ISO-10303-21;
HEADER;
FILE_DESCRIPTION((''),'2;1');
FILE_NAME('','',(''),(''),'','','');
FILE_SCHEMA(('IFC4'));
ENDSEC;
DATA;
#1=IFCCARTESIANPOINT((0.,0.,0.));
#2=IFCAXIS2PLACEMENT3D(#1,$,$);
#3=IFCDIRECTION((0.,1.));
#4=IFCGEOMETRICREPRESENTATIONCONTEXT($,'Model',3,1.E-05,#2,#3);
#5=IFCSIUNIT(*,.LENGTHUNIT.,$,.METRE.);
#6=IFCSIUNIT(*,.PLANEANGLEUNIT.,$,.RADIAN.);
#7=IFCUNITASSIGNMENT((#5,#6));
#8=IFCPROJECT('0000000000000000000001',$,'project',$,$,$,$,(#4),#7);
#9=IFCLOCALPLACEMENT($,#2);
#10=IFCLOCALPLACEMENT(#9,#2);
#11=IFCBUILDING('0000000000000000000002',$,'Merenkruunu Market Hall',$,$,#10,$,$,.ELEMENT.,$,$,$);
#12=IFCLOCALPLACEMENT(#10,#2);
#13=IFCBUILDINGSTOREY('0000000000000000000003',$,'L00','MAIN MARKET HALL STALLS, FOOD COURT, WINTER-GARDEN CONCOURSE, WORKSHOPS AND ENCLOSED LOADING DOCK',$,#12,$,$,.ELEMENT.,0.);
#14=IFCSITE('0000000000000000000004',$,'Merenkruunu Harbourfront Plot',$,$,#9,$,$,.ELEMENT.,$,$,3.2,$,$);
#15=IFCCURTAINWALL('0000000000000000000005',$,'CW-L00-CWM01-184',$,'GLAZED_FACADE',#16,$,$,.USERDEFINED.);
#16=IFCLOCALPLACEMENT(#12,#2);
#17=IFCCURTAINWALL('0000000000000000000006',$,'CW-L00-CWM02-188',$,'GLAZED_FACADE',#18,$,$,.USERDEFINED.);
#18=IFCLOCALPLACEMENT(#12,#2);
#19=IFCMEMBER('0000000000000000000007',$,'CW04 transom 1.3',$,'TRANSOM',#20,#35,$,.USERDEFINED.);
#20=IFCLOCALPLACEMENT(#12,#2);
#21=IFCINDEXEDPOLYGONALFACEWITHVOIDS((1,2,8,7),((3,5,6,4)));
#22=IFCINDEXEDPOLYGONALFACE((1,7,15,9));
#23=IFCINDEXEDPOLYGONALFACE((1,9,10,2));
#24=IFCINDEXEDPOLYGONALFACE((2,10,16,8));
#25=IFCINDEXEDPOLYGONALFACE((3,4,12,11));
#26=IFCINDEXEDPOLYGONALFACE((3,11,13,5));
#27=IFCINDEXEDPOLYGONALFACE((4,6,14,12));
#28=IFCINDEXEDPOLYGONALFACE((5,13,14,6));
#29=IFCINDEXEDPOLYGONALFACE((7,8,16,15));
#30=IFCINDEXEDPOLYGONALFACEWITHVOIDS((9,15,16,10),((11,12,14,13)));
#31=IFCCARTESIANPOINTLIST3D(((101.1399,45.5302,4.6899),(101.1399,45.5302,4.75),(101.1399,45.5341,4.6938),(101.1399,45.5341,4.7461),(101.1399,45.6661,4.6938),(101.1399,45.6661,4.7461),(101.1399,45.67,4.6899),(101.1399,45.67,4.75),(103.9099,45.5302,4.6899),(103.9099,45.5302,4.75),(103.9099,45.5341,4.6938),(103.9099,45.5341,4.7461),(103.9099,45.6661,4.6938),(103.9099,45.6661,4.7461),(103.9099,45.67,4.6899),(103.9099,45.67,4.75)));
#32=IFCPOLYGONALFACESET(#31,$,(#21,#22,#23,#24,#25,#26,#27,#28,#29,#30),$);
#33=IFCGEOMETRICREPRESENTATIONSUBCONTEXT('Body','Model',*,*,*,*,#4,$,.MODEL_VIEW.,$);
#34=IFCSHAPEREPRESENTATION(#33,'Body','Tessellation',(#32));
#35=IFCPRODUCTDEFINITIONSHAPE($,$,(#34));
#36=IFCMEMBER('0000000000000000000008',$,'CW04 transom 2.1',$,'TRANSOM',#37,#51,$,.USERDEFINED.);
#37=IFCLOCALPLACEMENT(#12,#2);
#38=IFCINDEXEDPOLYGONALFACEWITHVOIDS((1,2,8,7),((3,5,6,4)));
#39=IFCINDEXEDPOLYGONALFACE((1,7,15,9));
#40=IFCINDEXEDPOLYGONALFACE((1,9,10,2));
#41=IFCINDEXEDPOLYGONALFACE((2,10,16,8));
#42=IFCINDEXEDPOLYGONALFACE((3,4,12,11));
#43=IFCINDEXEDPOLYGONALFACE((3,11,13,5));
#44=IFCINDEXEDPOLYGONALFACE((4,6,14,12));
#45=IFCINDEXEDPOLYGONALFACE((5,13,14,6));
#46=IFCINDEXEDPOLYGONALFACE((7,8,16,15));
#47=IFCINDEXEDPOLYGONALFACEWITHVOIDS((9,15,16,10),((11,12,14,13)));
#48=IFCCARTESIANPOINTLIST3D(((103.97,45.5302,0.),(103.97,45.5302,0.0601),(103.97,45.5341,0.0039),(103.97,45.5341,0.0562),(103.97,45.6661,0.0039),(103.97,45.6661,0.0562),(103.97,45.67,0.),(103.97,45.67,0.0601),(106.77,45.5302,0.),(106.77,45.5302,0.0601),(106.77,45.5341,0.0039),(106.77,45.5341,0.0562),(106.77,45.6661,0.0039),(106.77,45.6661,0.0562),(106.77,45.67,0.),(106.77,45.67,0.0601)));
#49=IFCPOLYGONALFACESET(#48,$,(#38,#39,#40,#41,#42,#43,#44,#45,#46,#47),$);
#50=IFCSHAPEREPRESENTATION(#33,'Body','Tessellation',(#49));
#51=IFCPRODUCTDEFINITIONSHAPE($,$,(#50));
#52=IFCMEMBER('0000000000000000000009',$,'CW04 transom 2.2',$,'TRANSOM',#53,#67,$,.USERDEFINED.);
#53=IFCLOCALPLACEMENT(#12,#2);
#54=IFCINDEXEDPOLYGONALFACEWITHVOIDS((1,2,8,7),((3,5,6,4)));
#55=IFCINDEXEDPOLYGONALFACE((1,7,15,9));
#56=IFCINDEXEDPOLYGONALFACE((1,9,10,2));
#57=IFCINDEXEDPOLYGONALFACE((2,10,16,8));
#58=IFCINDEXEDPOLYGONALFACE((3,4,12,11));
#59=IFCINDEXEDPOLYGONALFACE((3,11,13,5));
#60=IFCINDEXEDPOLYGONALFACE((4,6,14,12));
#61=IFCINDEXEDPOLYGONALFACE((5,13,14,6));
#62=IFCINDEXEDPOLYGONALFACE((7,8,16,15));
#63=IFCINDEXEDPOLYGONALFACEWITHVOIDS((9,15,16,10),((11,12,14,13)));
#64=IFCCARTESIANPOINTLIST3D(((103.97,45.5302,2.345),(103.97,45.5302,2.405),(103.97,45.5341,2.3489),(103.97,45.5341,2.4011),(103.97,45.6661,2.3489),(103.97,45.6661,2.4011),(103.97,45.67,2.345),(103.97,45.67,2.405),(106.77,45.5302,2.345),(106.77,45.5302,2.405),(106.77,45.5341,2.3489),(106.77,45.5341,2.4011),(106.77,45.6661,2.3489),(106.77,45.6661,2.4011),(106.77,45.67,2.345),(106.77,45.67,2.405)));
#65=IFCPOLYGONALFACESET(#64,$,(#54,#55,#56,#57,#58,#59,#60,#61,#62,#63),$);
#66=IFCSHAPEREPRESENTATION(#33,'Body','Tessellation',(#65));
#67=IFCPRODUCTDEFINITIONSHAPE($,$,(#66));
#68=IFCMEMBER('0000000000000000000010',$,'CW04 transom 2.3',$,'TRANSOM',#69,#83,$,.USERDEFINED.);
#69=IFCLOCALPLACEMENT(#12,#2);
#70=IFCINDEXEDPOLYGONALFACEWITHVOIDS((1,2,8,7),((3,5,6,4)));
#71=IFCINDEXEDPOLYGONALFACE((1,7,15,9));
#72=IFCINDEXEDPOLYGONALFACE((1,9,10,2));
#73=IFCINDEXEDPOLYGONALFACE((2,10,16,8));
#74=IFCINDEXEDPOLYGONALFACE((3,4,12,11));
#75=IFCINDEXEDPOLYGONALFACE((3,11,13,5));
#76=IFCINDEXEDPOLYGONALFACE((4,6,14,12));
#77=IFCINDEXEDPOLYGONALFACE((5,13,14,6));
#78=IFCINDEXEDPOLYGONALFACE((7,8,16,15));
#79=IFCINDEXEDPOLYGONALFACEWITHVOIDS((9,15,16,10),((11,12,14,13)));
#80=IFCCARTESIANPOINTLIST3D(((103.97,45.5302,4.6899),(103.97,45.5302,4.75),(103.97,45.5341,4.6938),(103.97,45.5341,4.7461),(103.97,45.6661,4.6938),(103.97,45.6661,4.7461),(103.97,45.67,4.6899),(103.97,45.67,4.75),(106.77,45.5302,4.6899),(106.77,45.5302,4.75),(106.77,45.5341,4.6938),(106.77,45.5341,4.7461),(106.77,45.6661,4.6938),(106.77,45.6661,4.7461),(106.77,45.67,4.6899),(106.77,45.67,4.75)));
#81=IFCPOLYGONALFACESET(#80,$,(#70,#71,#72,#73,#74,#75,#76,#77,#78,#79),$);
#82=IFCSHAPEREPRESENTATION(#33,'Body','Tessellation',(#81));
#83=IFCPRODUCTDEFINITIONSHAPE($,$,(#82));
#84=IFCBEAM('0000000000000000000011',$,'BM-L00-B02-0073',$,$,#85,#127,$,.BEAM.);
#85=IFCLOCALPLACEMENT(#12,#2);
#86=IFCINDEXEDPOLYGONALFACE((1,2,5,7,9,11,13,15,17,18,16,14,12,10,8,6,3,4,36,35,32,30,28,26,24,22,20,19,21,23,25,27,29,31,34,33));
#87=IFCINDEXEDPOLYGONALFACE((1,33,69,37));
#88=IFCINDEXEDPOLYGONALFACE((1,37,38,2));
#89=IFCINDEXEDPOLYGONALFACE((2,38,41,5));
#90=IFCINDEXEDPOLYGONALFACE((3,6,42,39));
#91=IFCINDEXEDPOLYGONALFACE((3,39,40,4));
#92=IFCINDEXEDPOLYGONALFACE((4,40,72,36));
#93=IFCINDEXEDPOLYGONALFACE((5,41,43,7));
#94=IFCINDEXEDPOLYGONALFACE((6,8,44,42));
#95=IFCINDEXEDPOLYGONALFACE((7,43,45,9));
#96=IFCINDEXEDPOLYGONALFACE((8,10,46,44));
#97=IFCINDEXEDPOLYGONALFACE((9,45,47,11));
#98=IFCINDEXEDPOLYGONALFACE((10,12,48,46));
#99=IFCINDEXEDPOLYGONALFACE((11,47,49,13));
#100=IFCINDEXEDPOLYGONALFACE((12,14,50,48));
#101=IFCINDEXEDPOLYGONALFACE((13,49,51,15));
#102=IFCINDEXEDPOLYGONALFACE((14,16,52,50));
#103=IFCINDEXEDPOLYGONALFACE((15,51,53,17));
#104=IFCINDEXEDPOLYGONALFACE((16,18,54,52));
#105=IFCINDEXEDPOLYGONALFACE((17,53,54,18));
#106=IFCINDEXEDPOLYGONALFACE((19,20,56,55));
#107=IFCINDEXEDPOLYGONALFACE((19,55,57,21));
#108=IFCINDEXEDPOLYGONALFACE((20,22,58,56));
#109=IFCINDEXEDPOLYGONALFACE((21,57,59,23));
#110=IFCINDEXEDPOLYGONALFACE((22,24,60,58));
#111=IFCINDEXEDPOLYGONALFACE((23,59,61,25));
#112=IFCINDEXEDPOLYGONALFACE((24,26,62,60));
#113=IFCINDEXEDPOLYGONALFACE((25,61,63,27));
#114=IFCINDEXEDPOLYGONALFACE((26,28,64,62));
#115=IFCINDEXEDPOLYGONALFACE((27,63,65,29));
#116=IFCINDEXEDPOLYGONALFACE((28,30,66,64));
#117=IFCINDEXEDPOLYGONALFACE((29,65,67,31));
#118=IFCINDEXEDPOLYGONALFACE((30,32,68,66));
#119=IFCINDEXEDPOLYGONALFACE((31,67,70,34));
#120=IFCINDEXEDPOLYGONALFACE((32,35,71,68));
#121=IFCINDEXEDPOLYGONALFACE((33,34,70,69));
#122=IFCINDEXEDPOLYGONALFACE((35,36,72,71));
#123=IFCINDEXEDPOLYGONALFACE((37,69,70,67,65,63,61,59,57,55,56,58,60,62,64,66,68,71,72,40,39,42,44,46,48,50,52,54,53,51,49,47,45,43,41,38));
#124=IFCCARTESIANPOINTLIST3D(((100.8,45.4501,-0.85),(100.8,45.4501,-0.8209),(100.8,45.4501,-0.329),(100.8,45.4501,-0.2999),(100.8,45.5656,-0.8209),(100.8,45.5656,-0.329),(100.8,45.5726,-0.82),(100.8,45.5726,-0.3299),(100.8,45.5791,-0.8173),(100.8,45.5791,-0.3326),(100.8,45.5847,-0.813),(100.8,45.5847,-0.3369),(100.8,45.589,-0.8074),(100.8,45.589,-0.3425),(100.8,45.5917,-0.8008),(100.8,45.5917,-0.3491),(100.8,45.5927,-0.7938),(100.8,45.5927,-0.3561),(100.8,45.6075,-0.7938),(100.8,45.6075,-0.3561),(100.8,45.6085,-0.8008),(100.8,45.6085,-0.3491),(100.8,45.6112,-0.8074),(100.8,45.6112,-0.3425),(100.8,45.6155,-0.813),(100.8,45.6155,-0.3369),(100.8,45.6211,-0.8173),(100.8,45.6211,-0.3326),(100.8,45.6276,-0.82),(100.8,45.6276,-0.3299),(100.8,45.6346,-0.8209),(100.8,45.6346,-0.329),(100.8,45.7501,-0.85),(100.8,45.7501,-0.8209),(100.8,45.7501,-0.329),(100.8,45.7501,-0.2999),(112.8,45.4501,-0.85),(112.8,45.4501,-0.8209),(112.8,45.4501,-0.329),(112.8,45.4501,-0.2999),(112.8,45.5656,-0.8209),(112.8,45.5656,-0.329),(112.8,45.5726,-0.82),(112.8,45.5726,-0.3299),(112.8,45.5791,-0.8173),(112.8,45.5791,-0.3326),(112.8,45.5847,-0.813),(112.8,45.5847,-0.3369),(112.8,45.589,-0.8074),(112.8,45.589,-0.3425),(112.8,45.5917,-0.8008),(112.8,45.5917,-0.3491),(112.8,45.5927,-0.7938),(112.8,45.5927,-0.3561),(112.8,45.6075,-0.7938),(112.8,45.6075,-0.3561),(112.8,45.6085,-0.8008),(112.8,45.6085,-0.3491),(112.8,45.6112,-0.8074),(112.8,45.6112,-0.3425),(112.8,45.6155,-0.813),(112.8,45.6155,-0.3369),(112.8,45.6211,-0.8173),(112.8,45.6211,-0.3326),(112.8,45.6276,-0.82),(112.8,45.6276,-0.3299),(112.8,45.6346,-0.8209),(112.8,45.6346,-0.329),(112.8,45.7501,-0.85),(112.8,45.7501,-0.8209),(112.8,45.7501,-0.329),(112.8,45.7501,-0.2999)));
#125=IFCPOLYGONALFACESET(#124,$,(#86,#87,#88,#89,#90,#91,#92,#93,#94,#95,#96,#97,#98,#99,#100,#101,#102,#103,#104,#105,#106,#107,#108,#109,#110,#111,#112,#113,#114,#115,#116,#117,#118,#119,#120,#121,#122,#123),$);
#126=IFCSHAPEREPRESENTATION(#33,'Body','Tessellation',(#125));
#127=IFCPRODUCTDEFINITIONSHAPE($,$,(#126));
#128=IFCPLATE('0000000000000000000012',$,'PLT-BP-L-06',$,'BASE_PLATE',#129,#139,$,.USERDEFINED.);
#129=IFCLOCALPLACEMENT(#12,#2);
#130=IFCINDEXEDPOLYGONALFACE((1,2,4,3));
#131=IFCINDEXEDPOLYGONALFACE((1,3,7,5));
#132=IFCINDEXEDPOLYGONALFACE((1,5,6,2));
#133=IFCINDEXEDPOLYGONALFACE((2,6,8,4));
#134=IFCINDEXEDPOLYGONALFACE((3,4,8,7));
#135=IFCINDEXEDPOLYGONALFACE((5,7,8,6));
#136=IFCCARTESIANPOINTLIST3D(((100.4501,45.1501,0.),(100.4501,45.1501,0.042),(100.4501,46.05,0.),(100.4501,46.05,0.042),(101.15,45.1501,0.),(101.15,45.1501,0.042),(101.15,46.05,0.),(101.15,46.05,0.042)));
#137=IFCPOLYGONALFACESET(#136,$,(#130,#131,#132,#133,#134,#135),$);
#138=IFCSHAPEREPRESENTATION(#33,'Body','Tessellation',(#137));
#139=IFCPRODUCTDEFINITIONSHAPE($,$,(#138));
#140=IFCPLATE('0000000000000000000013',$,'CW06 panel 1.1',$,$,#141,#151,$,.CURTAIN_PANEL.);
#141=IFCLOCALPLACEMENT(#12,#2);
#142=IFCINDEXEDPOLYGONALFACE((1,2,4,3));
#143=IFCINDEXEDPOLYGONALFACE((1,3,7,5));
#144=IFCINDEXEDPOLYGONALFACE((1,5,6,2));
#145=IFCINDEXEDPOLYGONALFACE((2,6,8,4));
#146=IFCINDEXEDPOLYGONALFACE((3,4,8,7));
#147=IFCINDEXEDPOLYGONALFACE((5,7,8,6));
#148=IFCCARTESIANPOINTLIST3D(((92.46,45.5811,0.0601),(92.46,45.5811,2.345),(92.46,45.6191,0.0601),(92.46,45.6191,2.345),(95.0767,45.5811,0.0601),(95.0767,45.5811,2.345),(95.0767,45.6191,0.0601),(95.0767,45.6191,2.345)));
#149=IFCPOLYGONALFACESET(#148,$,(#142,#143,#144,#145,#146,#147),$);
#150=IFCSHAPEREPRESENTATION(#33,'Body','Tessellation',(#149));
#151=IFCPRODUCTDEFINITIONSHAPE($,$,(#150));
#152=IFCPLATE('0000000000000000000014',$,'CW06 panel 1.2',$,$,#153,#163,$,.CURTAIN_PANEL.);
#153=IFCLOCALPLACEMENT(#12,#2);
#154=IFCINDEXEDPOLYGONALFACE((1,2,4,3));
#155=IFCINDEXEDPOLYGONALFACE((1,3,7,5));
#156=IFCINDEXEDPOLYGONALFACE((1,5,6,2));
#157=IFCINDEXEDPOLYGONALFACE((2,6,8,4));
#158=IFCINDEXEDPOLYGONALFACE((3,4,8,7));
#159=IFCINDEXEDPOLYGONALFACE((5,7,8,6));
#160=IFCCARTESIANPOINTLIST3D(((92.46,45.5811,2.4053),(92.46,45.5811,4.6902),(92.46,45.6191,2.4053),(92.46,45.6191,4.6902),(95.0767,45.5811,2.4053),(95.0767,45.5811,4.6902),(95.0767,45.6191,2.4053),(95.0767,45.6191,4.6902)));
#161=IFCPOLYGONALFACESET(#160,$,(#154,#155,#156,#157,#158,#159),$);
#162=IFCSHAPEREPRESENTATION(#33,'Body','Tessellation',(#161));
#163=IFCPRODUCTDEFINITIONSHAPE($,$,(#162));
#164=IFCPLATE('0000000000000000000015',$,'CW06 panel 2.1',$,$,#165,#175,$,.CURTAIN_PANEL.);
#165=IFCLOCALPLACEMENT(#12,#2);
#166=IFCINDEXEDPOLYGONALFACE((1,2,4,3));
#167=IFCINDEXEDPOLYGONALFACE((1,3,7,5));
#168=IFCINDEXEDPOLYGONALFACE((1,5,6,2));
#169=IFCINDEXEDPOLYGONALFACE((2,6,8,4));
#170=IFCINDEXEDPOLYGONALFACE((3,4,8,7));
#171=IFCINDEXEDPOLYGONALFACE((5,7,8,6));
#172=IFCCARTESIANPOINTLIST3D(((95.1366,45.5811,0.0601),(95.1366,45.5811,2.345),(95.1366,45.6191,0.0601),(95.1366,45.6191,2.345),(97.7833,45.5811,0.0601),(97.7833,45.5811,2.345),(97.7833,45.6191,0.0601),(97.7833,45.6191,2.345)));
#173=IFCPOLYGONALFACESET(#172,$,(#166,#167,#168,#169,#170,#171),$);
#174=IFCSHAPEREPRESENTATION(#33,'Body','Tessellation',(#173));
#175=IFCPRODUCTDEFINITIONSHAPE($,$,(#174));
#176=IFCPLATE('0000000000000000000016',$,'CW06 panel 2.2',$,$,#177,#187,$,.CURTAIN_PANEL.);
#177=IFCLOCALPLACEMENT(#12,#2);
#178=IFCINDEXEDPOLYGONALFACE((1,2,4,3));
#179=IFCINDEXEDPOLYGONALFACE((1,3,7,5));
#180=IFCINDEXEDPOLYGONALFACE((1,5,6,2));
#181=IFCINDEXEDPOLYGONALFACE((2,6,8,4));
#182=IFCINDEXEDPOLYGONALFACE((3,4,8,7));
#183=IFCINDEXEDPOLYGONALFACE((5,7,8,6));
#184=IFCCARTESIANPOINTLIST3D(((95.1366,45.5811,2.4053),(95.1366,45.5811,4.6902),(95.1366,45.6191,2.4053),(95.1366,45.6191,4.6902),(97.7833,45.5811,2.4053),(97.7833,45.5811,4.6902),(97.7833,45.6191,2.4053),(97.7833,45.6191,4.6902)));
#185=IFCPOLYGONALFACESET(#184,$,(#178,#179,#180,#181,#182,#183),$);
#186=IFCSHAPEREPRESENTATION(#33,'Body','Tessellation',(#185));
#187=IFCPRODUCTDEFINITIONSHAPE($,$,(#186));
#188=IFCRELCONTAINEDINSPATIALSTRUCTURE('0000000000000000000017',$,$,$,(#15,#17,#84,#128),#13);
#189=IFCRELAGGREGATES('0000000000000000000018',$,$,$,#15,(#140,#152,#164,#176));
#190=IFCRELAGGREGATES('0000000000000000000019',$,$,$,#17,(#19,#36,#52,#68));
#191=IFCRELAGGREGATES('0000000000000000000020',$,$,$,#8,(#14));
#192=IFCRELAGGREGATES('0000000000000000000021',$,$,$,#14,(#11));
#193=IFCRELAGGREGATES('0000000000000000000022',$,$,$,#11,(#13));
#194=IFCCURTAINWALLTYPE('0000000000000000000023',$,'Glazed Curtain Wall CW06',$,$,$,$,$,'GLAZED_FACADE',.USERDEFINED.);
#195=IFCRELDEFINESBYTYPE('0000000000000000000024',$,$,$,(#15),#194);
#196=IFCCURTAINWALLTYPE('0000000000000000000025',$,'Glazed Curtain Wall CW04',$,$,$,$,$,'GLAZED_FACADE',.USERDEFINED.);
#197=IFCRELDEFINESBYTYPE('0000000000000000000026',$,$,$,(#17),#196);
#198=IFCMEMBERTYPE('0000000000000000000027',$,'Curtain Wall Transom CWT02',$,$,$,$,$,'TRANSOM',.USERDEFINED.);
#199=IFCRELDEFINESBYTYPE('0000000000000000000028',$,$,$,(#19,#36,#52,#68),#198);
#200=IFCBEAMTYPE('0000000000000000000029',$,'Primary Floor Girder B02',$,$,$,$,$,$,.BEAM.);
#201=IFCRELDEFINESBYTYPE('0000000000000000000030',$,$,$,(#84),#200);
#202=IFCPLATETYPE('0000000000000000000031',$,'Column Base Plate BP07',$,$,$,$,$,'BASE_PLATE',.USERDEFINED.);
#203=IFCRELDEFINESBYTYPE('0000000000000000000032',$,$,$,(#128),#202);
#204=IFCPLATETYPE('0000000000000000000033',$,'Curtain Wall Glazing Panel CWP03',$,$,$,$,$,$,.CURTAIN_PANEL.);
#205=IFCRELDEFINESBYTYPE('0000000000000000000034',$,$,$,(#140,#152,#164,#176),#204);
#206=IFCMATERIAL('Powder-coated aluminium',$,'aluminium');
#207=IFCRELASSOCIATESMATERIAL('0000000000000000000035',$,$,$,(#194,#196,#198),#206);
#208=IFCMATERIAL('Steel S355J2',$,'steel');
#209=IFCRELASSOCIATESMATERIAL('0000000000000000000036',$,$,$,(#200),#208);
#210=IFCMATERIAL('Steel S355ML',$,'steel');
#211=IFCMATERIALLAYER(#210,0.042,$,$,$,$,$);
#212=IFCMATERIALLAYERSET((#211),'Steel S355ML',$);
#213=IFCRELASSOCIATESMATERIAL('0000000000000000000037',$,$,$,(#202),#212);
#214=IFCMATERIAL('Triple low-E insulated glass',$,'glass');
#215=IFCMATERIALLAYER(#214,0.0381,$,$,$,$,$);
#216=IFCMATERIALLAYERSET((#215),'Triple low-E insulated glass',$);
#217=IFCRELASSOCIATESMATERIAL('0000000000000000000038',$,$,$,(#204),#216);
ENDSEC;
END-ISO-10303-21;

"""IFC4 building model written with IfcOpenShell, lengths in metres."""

from ifc_helpers import new_model, si_unit, direction, frame, origin, origin_2d, place, context, subcontext, project, spatial, rectangle, hollow_rectangle, i_section, extrude, material, layer, layer_set, material_profile, profile_set, type_object, element, aggregate, save


model = new_model("IFC4")

# Units and contexts
model_context = context("Model", 3, precision=1e-05, world=origin(), true_north=direction((0.0, 1.0)))
body_context = subcontext(model_context, "Body", "Model", "MODEL_VIEW")
ifc_project = project(units=[si_unit("LENGTHUNIT", "METRE"), si_unit("PLANEANGLEUNIT", "RADIAN")], contexts=[model_context])

# Site, building, storey
site_placement = place(None, origin())
site = spatial("IfcSite", under=ifc_project, at=site_placement, Name="Merenkruunu Harbourfront Plot", CompositionType="ELEMENT", RefElevation=3.2)
building_placement = place(site_placement, origin())
building = spatial("IfcBuilding", under=site, at=building_placement, Name="Merenkruunu Market Hall", CompositionType="ELEMENT")
storey_placement = place(building_placement, origin())
storey = spatial("IfcBuildingStorey", under=building, at=storey_placement, Name="L00", Description="MAIN MARKET HALL STALLS, FOOD COURT, WINTER-GARDEN CONCOURSE, WORKSHOPS AND ENCLOSED LOADING DOCK", CompositionType="ELEMENT", Elevation=0.0)

# Shared definitions
ifc_material_1 = material(Name="Steel S355J2", Category="steel")

# Curtain wall
ifc_material_2 = material(Name="Powder-coated aluminium", Category="aluminium")
curtain_wall_type_1 = type_object("IfcCurtainWallType", Name="Glazed Curtain Wall CW06", ElementType="GLAZED_FACADE", PredefinedType="USERDEFINED", material=ifc_material_2)
curtain_wall_1_placement = place(storey_placement, origin())
curtain_wall_1 = element("IfcCurtainWall", 1, at=curtain_wall_1_placement, inside=storey, type_object=curtain_wall_type_1, Name="CW-L00-CWM01-184", ObjectType="GLAZED_FACADE", PredefinedType="USERDEFINED")

# Curtain wall
curtain_wall_type_2 = type_object("IfcCurtainWallType", Name="Glazed Curtain Wall CW04", ElementType="GLAZED_FACADE", PredefinedType="USERDEFINED", material=ifc_material_2)
curtain_wall_2_placement = place(storey_placement, origin())
curtain_wall_2 = element("IfcCurtainWall", 2, at=curtain_wall_2_placement, inside=storey, type_object=curtain_wall_type_2, Name="CW-L00-CWM02-188", ObjectType="GLAZED_FACADE", PredefinedType="USERDEFINED")

# Members
ifc_material_profile_1 = material_profile(ifc_material_2, hollow_rectangle(XDim=0.0601, YDim=0.1399, WallThickness=0.0039, at=origin_2d()), Name="ALU 60x140x4")
ifc_profile_set_1 = profile_set([ifc_material_profile_1], Name="Powder-coated aluminium")
member_type_1 = type_object("IfcMemberType", Name="Curtain Wall Transom CWT02", ElementType="TRANSOM", PredefinedType="USERDEFINED", material=ifc_profile_set_1)
member_1_placement = place(storey_placement, frame((101.1399, 45.6001, 4.72), z_axis=(1.0, 0.0, 0.0), x_axis=(0.0, 0.0, 1.0)))
member_1 = element("IfcMember", 3, at=member_1_placement, type_object=member_type_1, Name="CW04 transom 1.3", ObjectType="TRANSOM", PredefinedType="USERDEFINED", context=body_context, shape_type="SweptSolid", body=[
    extrude(hollow_rectangle(XDim=0.0601, YDim=0.1399, WallThickness=0.0039, at=origin_2d()), origin(), (0.0, 0.0, 1.0), 2.77),
])
member_2_placement = place(storey_placement, frame((103.97, 45.6001, 0.03), z_axis=(1.0, 0.0, 0.0), x_axis=(0.0, 0.0, 1.0)))
member_2 = element("IfcMember", 4, at=member_2_placement, type_object=member_type_1, Name="CW04 transom 2.1", ObjectType="TRANSOM", PredefinedType="USERDEFINED", context=body_context, shape_type="SweptSolid", body=[
    extrude(hollow_rectangle(XDim=0.0601, YDim=0.1399, WallThickness=0.0039, at=origin_2d()), origin(), (0.0, 0.0, 1.0), 2.8),
])
member_3_placement = place(storey_placement, frame((103.97, 45.6001, 2.375), z_axis=(1.0, 0.0, 0.0), x_axis=(0.0, 0.0, 1.0)))
member_3 = element("IfcMember", 5, at=member_3_placement, type_object=member_type_1, Name="CW04 transom 2.2", ObjectType="TRANSOM", PredefinedType="USERDEFINED", context=body_context, shape_type="SweptSolid", body=[
    extrude(hollow_rectangle(XDim=0.0601, YDim=0.1399, WallThickness=0.0039, at=origin_2d()), origin(), (0.0, 0.0, 1.0), 2.8),
])
member_4_placement = place(storey_placement, frame((103.97, 45.6001, 4.72), z_axis=(1.0, 0.0, 0.0), x_axis=(0.0, 0.0, 1.0)))
member_4 = element("IfcMember", 6, at=member_4_placement, type_object=member_type_1, Name="CW04 transom 2.3", ObjectType="TRANSOM", PredefinedType="USERDEFINED", context=body_context, shape_type="SweptSolid", body=[
    extrude(hollow_rectangle(XDim=0.0601, YDim=0.1399, WallThickness=0.0039, at=origin_2d()), origin(), (0.0, 0.0, 1.0), 2.8),
])

# Beam
ifc_material_profile_2 = material_profile(ifc_material_1, i_section(OverallWidth=0.3, OverallDepth=0.55, WebThickness=0.0149, FlangeThickness=0.0291, FilletRadius=0.0271, at=origin_2d()), Name="HEB 550")
ifc_profile_set_2 = profile_set([ifc_material_profile_2], Name="Steel S355J2")
beam_type = type_object("IfcBeamType", Name="Primary Floor Girder B02", PredefinedType="BEAM", material=ifc_profile_set_2)
beam_placement = place(storey_placement, frame((100.8, 45.6001, -0.575), z_axis=(1.0, 0.0, 0.0), x_axis=(0.0, 1.0, 0.0)))
element("IfcBeam", 7, at=beam_placement, inside=storey, type_object=beam_type, Name="BM-L00-B02-0073", PredefinedType="BEAM", context=body_context, shape_type="SweptSolid", body=[
    extrude(i_section(OverallWidth=0.3, OverallDepth=0.55, WebThickness=0.0149, FlangeThickness=0.0291, FilletRadius=0.0271, at=origin_2d()), origin(), (0.0, 0.0, 1.0), 12.0),
])

# Plates
ifc_material_3 = material(Name="Steel S355ML", Category="steel")
ifc_layer_1 = layer(ifc_material_3, 0.042)
ifc_layer_set_1 = layer_set([ifc_layer_1], Name="Steel S355ML")
plate_type_1 = type_object("IfcPlateType", Name="Column Base Plate BP07", ElementType="BASE_PLATE", PredefinedType="USERDEFINED", material=ifc_layer_set_1)
plate_1_placement = place(storey_placement, frame((100.8, 45.6001, 0.0), z_axis=(0.0, 0.0, 1.0), x_axis=(1.0, 0.0, 0.0)))
element("IfcPlate", 8, at=plate_1_placement, inside=storey, type_object=plate_type_1, Name="PLT-BP-L-06", ObjectType="BASE_PLATE", PredefinedType="USERDEFINED", context=body_context, shape_type="SweptSolid", body=[
    extrude(rectangle(XDim=0.7, YDim=0.8999, at=origin_2d()), origin(), (0.0, 0.0, 1.0), 0.042),
])
ifc_material_4 = material(Name="Triple low-E insulated glass", Category="glass")
ifc_layer_2 = layer(ifc_material_4, 0.0381)
ifc_layer_set_2 = layer_set([ifc_layer_2], Name="Triple low-E insulated glass")
plate_type_2 = type_object("IfcPlateType", Name="Curtain Wall Glazing Panel CWP03", PredefinedType="CURTAIN_PANEL", material=ifc_layer_set_2)
plate_2_placement = place(storey_placement, frame((93.7683, 45.6001, 0.0601), z_axis=(0.0, 0.0, 1.0), x_axis=(1.0, 0.0, 0.0)))
plate_2 = element("IfcPlate", 9, at=plate_2_placement, type_object=plate_type_2, Name="CW06 panel 1.1", PredefinedType="CURTAIN_PANEL", context=body_context, shape_type="SweptSolid", body=[
    extrude(rectangle(XDim=2.6167, YDim=0.0381, at=origin_2d()), origin(), (0.0, 0.0, 1.0), 2.2849),
])
plate_3_placement = place(storey_placement, frame((93.7683, 45.6001, 2.4053), z_axis=(0.0, 0.0, 1.0), x_axis=(1.0, 0.0, 0.0)))
plate_3 = element("IfcPlate", 10, at=plate_3_placement, type_object=plate_type_2, Name="CW06 panel 1.2", PredefinedType="CURTAIN_PANEL", context=body_context, shape_type="SweptSolid", body=[
    extrude(rectangle(XDim=2.6167, YDim=0.0381, at=origin_2d()), origin(), (0.0, 0.0, 1.0), 2.2849),
])
plate_4_placement = place(storey_placement, frame((96.46, 45.6001, 0.0601), z_axis=(0.0, 0.0, 1.0), x_axis=(1.0, 0.0, 0.0)))
plate_4 = element("IfcPlate", 11, at=plate_4_placement, type_object=plate_type_2, Name="CW06 panel 2.1", PredefinedType="CURTAIN_PANEL", context=body_context, shape_type="SweptSolid", body=[
    extrude(rectangle(XDim=2.6467, YDim=0.0381, at=origin_2d()), origin(), (0.0, 0.0, 1.0), 2.2849),
])
plate_5_placement = place(storey_placement, frame((96.46, 45.6001, 2.4053), z_axis=(0.0, 0.0, 1.0), x_axis=(1.0, 0.0, 0.0)))
plate_5 = element("IfcPlate", 12, at=plate_5_placement, type_object=plate_type_2, Name="CW06 panel 2.2", PredefinedType="CURTAIN_PANEL", context=body_context, shape_type="SweptSolid", body=[
    extrude(rectangle(XDim=2.6467, YDim=0.0381, at=origin_2d()), origin(), (0.0, 0.0, 1.0), 2.2849),
])
aggregate(curtain_wall_1, [plate_2, plate_3, plate_4, plate_5])
aggregate(curtain_wall_2, [member_1, member_2, member_3, member_4])

save(model, "model.ifc")
